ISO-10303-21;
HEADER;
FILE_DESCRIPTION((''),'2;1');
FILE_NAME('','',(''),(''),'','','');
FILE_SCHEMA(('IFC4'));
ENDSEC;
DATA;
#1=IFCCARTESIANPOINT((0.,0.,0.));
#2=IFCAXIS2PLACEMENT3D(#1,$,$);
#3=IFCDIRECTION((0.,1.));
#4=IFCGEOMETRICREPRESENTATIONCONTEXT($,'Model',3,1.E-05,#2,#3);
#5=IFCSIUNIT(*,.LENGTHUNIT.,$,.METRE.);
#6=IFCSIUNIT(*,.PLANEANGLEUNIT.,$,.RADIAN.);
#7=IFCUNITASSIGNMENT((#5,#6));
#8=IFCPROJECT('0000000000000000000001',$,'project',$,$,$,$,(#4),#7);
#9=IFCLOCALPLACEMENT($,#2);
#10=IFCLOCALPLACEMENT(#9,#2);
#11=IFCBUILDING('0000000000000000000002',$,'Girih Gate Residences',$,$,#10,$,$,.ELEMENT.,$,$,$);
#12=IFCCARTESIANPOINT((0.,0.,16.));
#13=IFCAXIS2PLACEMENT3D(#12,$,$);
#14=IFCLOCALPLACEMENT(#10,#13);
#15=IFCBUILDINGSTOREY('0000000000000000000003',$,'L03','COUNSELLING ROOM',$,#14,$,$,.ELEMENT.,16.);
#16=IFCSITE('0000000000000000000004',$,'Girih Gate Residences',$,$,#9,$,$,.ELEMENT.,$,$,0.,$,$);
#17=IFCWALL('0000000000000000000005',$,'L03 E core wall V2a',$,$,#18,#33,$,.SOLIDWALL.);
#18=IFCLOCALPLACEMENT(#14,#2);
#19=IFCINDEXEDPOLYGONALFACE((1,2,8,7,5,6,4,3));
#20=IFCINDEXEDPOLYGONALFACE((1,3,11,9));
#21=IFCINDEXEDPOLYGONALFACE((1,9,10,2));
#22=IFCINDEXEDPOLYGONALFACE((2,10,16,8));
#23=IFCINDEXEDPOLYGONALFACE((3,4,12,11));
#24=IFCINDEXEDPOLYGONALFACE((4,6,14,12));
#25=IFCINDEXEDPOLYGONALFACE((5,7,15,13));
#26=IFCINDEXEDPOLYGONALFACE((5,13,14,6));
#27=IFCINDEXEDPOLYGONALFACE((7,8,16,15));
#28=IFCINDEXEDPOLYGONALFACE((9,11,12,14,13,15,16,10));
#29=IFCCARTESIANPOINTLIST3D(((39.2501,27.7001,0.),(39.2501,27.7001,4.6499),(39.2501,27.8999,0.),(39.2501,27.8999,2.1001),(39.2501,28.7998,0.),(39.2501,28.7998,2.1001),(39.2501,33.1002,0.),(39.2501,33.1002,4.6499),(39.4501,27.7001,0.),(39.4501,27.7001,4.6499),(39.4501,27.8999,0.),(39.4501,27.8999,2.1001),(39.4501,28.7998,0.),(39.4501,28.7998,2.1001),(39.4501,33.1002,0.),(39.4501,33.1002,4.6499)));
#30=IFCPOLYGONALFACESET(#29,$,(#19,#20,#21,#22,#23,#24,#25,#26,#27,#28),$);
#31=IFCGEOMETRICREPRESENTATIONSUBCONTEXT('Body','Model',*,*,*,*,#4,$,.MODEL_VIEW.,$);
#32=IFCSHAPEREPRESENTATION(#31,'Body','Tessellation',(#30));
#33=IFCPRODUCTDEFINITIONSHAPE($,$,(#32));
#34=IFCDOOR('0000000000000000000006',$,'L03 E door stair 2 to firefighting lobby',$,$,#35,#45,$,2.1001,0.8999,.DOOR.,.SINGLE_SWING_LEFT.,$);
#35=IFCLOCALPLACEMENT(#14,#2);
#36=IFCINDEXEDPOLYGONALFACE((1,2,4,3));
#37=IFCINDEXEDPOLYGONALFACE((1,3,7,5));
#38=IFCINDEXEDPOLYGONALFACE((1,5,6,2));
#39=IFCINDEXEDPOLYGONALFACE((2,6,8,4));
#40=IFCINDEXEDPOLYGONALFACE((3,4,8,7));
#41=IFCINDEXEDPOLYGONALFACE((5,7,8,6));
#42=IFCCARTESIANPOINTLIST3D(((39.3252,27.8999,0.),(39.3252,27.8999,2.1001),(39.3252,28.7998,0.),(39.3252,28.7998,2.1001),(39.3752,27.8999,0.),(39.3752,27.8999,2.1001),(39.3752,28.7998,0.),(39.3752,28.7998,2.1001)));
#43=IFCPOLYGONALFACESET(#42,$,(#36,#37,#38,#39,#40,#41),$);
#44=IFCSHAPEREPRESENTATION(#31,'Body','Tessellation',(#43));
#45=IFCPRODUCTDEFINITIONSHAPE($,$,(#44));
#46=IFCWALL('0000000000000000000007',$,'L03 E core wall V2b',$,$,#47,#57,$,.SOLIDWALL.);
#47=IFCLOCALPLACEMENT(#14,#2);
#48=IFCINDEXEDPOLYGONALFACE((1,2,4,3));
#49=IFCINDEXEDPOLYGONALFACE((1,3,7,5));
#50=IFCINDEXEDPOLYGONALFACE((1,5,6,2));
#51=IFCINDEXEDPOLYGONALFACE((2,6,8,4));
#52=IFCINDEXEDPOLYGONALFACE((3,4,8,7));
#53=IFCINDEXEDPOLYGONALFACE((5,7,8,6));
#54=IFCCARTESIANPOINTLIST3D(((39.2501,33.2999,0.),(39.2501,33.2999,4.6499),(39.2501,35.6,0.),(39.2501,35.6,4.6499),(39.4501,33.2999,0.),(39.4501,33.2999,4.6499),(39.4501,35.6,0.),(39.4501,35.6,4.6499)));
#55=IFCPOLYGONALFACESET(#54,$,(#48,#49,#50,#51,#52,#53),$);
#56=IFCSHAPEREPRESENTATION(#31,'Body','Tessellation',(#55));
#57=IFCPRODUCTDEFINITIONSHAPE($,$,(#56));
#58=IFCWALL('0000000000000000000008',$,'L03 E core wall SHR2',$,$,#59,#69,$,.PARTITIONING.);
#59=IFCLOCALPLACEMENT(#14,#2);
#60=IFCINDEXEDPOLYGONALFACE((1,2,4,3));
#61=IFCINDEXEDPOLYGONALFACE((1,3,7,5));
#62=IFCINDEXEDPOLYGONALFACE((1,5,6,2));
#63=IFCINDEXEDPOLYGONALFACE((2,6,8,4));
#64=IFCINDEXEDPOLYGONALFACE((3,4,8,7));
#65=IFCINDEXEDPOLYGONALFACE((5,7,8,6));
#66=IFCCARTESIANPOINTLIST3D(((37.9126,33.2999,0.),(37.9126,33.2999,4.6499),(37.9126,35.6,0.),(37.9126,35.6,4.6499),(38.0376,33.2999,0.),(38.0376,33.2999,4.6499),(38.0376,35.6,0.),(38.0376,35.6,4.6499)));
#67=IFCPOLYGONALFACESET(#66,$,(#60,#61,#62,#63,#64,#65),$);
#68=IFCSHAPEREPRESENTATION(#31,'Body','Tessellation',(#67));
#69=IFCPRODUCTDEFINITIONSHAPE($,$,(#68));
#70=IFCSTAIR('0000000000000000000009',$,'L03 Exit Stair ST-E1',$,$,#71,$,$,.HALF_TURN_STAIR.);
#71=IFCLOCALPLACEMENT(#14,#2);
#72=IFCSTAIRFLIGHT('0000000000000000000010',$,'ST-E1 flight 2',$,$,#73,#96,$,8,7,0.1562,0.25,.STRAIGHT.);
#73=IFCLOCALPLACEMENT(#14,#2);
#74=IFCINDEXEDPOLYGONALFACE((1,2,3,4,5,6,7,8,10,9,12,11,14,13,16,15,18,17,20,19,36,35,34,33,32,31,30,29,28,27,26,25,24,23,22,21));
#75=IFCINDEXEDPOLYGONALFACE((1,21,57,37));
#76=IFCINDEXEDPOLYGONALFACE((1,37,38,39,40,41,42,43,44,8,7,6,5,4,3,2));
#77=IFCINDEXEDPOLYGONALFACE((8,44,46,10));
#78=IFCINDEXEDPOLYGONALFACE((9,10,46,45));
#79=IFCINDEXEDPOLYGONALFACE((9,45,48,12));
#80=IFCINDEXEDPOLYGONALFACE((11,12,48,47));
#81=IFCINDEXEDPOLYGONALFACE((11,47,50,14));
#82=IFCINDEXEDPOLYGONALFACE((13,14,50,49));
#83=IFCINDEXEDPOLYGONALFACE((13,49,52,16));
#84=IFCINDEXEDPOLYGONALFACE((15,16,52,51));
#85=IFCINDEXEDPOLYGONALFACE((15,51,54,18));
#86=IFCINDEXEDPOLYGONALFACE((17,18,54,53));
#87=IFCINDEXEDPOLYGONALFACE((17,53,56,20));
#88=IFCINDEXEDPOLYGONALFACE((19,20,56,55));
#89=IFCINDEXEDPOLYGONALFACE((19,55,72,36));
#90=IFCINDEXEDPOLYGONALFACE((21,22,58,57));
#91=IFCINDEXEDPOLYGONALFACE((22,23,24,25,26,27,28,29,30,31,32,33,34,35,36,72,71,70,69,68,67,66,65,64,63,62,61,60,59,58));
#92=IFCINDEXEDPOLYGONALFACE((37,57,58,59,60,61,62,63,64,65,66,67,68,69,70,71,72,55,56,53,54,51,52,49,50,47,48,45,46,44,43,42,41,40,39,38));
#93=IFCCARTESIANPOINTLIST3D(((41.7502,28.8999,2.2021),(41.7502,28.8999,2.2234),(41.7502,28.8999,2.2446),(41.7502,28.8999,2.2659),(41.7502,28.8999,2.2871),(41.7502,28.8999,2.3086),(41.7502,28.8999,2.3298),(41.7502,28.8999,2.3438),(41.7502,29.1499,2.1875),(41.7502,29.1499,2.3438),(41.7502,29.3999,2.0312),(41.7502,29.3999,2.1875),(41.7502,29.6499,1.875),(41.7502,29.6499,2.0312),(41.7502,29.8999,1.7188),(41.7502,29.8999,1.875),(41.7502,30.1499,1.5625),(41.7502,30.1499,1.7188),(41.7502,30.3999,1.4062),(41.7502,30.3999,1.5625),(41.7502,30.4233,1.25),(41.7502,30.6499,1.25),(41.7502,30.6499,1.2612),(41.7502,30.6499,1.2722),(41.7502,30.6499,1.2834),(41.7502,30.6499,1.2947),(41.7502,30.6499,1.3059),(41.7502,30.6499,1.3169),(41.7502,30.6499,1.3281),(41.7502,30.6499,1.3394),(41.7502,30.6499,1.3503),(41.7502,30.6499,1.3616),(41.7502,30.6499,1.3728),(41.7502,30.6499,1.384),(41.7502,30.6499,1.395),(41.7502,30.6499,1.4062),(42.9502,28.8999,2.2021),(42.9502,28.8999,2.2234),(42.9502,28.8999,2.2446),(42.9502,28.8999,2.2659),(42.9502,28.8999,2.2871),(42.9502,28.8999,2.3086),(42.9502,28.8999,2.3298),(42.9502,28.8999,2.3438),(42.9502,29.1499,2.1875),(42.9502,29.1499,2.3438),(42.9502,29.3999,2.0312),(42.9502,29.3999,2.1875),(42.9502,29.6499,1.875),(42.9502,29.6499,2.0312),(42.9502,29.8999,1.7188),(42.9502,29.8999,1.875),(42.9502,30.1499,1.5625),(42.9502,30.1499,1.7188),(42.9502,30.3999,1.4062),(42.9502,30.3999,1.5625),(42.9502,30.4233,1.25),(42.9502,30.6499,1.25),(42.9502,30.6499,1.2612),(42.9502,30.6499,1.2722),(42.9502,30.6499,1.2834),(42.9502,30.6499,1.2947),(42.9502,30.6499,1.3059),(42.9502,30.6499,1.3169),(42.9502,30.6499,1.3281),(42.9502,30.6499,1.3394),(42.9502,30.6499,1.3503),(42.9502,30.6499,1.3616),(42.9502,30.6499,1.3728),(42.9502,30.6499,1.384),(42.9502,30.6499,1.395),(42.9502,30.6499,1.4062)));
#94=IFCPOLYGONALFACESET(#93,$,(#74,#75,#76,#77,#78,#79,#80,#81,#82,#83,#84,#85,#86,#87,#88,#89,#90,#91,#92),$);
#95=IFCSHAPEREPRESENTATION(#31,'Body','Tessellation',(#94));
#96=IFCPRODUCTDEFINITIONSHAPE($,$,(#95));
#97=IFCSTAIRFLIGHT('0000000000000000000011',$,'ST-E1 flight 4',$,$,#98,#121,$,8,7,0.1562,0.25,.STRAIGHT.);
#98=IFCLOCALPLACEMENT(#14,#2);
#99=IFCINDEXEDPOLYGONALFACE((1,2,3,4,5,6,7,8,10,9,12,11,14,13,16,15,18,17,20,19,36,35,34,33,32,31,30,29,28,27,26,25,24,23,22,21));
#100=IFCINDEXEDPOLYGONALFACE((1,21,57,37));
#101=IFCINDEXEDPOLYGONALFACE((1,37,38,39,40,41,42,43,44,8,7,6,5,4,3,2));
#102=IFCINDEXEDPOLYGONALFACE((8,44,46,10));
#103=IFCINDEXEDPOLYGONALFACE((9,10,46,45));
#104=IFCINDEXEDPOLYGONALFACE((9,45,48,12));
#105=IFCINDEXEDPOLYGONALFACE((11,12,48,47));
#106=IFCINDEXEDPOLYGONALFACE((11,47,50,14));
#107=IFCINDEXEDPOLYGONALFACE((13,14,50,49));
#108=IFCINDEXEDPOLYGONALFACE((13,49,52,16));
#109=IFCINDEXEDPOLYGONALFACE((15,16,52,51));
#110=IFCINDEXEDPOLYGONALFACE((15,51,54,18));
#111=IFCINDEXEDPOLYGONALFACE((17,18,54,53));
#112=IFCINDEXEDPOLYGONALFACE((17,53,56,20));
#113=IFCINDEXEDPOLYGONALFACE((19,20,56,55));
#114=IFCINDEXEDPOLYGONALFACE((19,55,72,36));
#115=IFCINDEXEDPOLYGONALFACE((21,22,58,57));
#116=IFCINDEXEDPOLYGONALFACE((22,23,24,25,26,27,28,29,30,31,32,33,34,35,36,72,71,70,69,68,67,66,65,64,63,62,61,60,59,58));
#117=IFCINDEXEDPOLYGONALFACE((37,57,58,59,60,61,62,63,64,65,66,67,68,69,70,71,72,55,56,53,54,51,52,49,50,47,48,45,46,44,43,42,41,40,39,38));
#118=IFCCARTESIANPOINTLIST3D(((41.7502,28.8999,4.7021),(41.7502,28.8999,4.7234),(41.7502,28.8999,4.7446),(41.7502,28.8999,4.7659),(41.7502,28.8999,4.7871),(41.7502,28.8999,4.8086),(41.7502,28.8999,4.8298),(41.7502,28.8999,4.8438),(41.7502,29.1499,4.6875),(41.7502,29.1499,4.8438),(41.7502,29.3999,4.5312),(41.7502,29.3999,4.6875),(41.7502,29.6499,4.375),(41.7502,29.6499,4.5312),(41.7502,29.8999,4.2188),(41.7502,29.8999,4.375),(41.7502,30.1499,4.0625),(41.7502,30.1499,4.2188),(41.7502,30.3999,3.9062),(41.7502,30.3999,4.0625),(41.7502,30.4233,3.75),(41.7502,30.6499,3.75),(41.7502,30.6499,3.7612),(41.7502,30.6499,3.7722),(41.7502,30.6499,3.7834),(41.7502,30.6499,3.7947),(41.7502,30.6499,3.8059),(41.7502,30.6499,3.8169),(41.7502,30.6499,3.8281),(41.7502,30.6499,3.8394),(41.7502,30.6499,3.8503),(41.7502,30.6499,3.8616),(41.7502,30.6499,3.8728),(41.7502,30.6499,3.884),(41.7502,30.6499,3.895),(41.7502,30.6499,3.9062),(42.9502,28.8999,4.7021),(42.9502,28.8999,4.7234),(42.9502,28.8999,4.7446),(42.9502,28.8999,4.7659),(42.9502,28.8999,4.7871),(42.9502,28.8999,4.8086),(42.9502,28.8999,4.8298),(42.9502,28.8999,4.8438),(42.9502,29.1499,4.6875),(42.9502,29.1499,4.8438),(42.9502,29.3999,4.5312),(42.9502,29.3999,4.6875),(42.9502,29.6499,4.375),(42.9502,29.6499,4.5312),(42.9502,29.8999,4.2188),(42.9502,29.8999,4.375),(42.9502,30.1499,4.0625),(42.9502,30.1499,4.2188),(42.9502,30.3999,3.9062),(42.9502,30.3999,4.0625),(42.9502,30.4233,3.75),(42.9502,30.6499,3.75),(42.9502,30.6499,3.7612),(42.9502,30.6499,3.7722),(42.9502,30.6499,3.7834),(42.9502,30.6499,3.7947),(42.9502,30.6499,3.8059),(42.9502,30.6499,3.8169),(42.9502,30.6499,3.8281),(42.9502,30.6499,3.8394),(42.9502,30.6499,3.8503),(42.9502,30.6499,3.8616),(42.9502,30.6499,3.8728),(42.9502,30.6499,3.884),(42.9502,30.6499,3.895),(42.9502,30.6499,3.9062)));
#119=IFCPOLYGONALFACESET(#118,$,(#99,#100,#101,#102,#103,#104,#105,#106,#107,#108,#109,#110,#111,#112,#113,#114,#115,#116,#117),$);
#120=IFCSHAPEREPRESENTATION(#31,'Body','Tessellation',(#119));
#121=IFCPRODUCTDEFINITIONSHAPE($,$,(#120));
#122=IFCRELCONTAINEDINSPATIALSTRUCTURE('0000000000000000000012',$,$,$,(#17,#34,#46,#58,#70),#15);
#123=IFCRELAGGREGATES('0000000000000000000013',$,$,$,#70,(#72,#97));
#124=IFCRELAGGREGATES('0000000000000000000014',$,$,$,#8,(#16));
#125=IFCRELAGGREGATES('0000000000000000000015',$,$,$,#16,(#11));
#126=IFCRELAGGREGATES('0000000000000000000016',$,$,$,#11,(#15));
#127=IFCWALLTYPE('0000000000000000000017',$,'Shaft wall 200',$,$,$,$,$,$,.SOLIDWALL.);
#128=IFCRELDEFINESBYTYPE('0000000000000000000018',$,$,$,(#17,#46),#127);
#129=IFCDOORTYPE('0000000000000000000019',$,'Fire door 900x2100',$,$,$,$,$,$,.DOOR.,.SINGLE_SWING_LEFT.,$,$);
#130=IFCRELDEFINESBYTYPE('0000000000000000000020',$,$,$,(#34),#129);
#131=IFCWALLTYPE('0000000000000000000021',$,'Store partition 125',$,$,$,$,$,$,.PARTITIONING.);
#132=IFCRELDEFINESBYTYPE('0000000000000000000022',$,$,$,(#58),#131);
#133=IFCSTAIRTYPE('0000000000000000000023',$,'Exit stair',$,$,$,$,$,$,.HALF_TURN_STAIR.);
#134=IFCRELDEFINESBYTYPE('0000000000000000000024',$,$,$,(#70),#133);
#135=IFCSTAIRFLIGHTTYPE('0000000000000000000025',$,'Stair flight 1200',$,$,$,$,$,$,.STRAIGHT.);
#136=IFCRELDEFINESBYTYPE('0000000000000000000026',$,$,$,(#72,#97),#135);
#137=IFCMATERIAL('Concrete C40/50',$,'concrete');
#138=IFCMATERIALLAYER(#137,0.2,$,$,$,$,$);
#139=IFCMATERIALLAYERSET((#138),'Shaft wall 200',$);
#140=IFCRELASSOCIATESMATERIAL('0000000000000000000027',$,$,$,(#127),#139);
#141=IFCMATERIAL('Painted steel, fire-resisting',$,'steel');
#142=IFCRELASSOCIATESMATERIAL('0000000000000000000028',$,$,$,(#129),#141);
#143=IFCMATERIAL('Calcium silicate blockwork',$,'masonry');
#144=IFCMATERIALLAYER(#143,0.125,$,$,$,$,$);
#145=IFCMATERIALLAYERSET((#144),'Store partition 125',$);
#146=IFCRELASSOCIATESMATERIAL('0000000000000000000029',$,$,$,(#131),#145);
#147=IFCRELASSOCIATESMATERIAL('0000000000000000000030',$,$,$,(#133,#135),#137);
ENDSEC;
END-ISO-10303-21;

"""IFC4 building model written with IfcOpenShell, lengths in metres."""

from ifc_helpers import new_model, si_unit, direction, frame, frame_2d, origin, place, context, subcontext, project, spatial, polyline, rectangle, outline, extrude, material, layer, layer_set, type_object, element, fill, aggregate, save


model = new_model("IFC4")

# Units and contexts
model_context = context("Model", 3, precision=1e-05, world=origin(), true_north=direction((0.0, 1.0)))
body_context = subcontext(model_context, "Body", "Model", "MODEL_VIEW")
ifc_project = project(units=[si_unit("LENGTHUNIT", "METRE"), si_unit("PLANEANGLEUNIT", "RADIAN")], contexts=[model_context])

# Site, building, storey
site_placement = place(None, origin())
site = spatial("IfcSite", under=ifc_project, at=site_placement, Name="Girih Gate Residences", CompositionType="ELEMENT", RefElevation=0.0)
building_placement = place(site_placement, origin())
building = spatial("IfcBuilding", under=site, at=building_placement, Name="Girih Gate Residences", CompositionType="ELEMENT")
storey_placement = place(building_placement, frame((0.0, 0.0, 16.0)))
storey = spatial("IfcBuildingStorey", under=building, at=storey_placement, Name="L03", Description="COUNSELLING ROOM", CompositionType="ELEMENT", Elevation=16.0)

# Shared definitions
ifc_material_1 = material(Name="Painted steel, fire-resisting", Category="steel")

# Wall, opening, door
ifc_material_2 = material(Name="Concrete C40/50", Category="concrete")
ifc_layer_1 = layer(ifc_material_2, 0.2)
ifc_layer_set_1 = layer_set([ifc_layer_1], Name="Shaft wall 200")
wall_type_1 = type_object("IfcWallType", Name="Shaft wall 200", PredefinedType="SOLIDWALL", material=ifc_layer_set_1)
door_type_1 = type_object("IfcDoorType", Name="Fire door 900x2100", OperationType="SINGLE_SWING_LEFT", PredefinedType="DOOR", material=ifc_material_1)
wall_1_placement = place(storey_placement, frame((39.3501, 27.7, 0.0), z_axis=(0.0, 0.0, 1.0), x_axis=(0.0, 1.0, 0.0)))
wall_1 = element("IfcWall", 1, at=wall_1_placement, inside=storey, type_object=wall_type_1, Name="L03 E core wall V2a", PredefinedType="SOLIDWALL", context=body_context, shape_type="SweptSolid", body=[
    extrude(rectangle(XDim=5.4001, YDim=0.2, at=frame_2d((2.7002, 0.0))), origin(), (0.0, 0.0, 1.0), 4.6499),
])
opening_1_placement = place(wall_1_placement, frame((0.2, 0.0, 0.0)))
opening_1 = element("IfcOpeningElement", 2, at=opening_1_placement, cuts=wall_1, PredefinedType="OPENING", context=body_context, shape_type="SweptSolid", body=[
    extrude(rectangle(XDim=0.8999, YDim=2.1001, at=frame_2d((0.45, 1.05))), frame((0.0, 0.1099, 0.0), z_axis=(0.0, -1.0, 0.0), x_axis=(1.0, 0.0, 0.0)), (0.0, 0.0, 1.0), 0.22),
])
door_1_placement = place(opening_1_placement, origin())
door_1 = element("IfcDoor", 3, at=door_1_placement, inside=storey, type_object=door_type_1, Name="L03 E door stair 2 to firefighting lobby", OperationType="SINGLE_SWING_LEFT", OverallHeight=2.1001, OverallWidth=0.8999, PredefinedType="DOOR", context=body_context, shape_type="SweptSolid", body=[
    extrude(rectangle(XDim=0.8999, YDim=2.1001, at=frame_2d((0.45, 1.05))), frame((0.0, 0.0249, 0.0), z_axis=(0.0, -1.0, 0.0), x_axis=(1.0, 0.0, 0.0)), (0.0, 0.0, 1.0), 0.05),
])
fill(opening_1, door_1)

# Walls
wall_2_placement = place(storey_placement, frame((39.3501, 33.3, 0.0), z_axis=(0.0, 0.0, 1.0), x_axis=(0.0, 1.0, 0.0)))
element("IfcWall", 4, at=wall_2_placement, inside=storey, type_object=wall_type_1, Name="L03 E core wall V2b", PredefinedType="SOLIDWALL", context=body_context, shape_type="SweptSolid", body=[
    extrude(rectangle(XDim=2.3, YDim=0.2, at=frame_2d((1.1499, 0.0))), origin(), (0.0, 0.0, 1.0), 4.6499),
])
ifc_material_3 = material(Name="Calcium silicate blockwork", Category="masonry")
ifc_layer_2 = layer(ifc_material_3, 0.125)
ifc_layer_set_2 = layer_set([ifc_layer_2], Name="Store partition 125")
wall_type_2 = type_object("IfcWallType", Name="Store partition 125", PredefinedType="PARTITIONING", material=ifc_layer_set_2)
wall_3_placement = place(storey_placement, frame((37.9751, 33.3, 0.0), z_axis=(0.0, 0.0, 1.0), x_axis=(0.0, 1.0, 0.0)))
element("IfcWall", 5, at=wall_3_placement, inside=storey, type_object=wall_type_2, Name="L03 E core wall SHR2", PredefinedType="PARTITIONING", context=body_context, shape_type="SweptSolid", body=[
    extrude(rectangle(XDim=2.3, YDim=0.125, at=frame_2d((1.1499, 0.0))), origin(), (0.0, 0.0, 1.0), 4.6499),
])

# Stair, stair flights
stair_type = type_object("IfcStairType", Name="Exit stair", PredefinedType="HALF_TURN_STAIR", material=ifc_material_2)
stair_1_placement = place(storey_placement, origin())
stair_1 = element("IfcStair", 6, at=stair_1_placement, inside=storey, type_object=stair_type, Name="L03 Exit Stair ST-E1", PredefinedType="HALF_TURN_STAIR")
stair_flight_type = type_object("IfcStairFlightType", Name="Stair flight 1200", PredefinedType="STRAIGHT", material=ifc_material_2)
stair_flight_1_placement = place(storey_placement, frame((42.3501, 30.6499, 1.25), z_axis=(0.0, 0.0, 1.0), x_axis=(0.0, -1.0, 0.0)))
stair_flight_1 = element("IfcStairFlight", 7, at=stair_flight_1_placement, type_object=stair_flight_type, Name="ST-E1 flight 2", NumberOfRisers=8, NumberOfTreads=7, PredefinedType="STRAIGHT", RiserHeight=0.1562, TreadLength=0.25, context=body_context, shape_type="SweptSolid", body=[
    extrude(outline(polyline([(0.0, 0.0), (0.0, 0.0112), (0.0, 0.0222), (0.0, 0.0334), (0.0, 0.0447), (0.0, 0.0559), (0.0, 0.0669), (0.0, 0.0781), (0.0, 0.0894), (0.0, 0.1003), (0.0, 0.1116), (0.0, 0.1228), (0.0, 0.134), (0.0, 0.145), (0.0, 0.1562), (0.25, 0.1562), (0.25, 0.3125), (0.5, 0.3125), (0.5, 0.4688), (0.75, 0.4688), (0.75, 0.625), (1.0, 0.625), (1.0, 0.7812), (1.25, 0.7812), (1.25, 0.9375), (1.5, 0.9375), (1.5, 1.0938), (1.75, 1.0938), (1.75, 1.105), (1.75, 1.116), (1.75, 1.1272), (1.75, 1.1384), (1.75, 1.1497), (1.75, 1.1606), (1.75, 1.1719), (1.75, 1.1831), (1.75, 1.1941), (1.75, 1.2053), (1.75, 1.2166), (1.75, 1.2278), (1.75, 1.2388), (1.75, 1.25), (1.75, 1.2288), (1.75, 1.2075), (1.75, 1.1863), (1.75, 1.1648), (1.75, 1.1436), (1.75, 1.1223), (1.75, 1.1011), (1.75, 1.0798), (1.75, 1.0586), (1.75, 1.0371), (1.75, 1.0159), (1.75, 0.9946), (1.75, 0.9734), (1.75, 0.9521), (0.2266, 0.0), (0.0, 0.0)])), frame((0.0, 0.6001, 0.0), z_axis=(0.0, -1.0, 0.0), x_axis=(1.0, 0.0, 0.0)), (0.0, 0.0, 1.0), 1.2),
])
stair_flight_2_placement = place(storey_placement, frame((42.3501, 30.6499, 3.75), z_axis=(0.0, 0.0, 1.0), x_axis=(0.0, -1.0, 0.0)))
stair_flight_2 = element("IfcStairFlight", 8, at=stair_flight_2_placement, type_object=stair_flight_type, Name="ST-E1 flight 4", NumberOfRisers=8, NumberOfTreads=7, PredefinedType="STRAIGHT", RiserHeight=0.1562, TreadLength=0.25, context=body_context, shape_type="SweptSolid", body=[
    extrude(outline(polyline([(0.0, 0.0), (0.0, 0.0112), (0.0, 0.0222), (0.0, 0.0334), (0.0, 0.0447), (0.0, 0.0559), (0.0, 0.0669), (0.0, 0.0781), (0.0, 0.0894), (0.0, 0.1003), (0.0, 0.1116), (0.0, 0.1228), (0.0, 0.134), (0.0, 0.145), (0.0, 0.1562), (0.25, 0.1562), (0.25, 0.3125), (0.5, 0.3125), (0.5, 0.4688), (0.75, 0.4688), (0.75, 0.625), (1.0, 0.625), (1.0, 0.7812), (1.25, 0.7812), (1.25, 0.9375), (1.5, 0.9375), (1.5, 1.0938), (1.75, 1.0938), (1.75, 1.105), (1.75, 1.116), (1.75, 1.1272), (1.75, 1.1384), (1.75, 1.1497), (1.75, 1.1606), (1.75, 1.1719), (1.75, 1.1831), (1.75, 1.1941), (1.75, 1.2053), (1.75, 1.2166), (1.75, 1.2278), (1.75, 1.2388), (1.75, 1.25), (1.75, 1.2288), (1.75, 1.2075), (1.75, 1.1863), (1.75, 1.1648), (1.75, 1.1436), (1.75, 1.1223), (1.75, 1.1011), (1.75, 1.0798), (1.75, 1.0586), (1.75, 1.0371), (1.75, 1.0159), (1.75, 0.9946), (1.75, 0.9734), (1.75, 0.9521), (0.2266, 0.0), (0.0, 0.0)])), frame((0.0, 0.6001, 0.0), z_axis=(0.0, -1.0, 0.0), x_axis=(1.0, 0.0, 0.0)), (0.0, 0.0, 1.0), 1.2),
])
aggregate(stair_1, [stair_flight_1, stair_flight_2])

save(model, "model.ifc")
